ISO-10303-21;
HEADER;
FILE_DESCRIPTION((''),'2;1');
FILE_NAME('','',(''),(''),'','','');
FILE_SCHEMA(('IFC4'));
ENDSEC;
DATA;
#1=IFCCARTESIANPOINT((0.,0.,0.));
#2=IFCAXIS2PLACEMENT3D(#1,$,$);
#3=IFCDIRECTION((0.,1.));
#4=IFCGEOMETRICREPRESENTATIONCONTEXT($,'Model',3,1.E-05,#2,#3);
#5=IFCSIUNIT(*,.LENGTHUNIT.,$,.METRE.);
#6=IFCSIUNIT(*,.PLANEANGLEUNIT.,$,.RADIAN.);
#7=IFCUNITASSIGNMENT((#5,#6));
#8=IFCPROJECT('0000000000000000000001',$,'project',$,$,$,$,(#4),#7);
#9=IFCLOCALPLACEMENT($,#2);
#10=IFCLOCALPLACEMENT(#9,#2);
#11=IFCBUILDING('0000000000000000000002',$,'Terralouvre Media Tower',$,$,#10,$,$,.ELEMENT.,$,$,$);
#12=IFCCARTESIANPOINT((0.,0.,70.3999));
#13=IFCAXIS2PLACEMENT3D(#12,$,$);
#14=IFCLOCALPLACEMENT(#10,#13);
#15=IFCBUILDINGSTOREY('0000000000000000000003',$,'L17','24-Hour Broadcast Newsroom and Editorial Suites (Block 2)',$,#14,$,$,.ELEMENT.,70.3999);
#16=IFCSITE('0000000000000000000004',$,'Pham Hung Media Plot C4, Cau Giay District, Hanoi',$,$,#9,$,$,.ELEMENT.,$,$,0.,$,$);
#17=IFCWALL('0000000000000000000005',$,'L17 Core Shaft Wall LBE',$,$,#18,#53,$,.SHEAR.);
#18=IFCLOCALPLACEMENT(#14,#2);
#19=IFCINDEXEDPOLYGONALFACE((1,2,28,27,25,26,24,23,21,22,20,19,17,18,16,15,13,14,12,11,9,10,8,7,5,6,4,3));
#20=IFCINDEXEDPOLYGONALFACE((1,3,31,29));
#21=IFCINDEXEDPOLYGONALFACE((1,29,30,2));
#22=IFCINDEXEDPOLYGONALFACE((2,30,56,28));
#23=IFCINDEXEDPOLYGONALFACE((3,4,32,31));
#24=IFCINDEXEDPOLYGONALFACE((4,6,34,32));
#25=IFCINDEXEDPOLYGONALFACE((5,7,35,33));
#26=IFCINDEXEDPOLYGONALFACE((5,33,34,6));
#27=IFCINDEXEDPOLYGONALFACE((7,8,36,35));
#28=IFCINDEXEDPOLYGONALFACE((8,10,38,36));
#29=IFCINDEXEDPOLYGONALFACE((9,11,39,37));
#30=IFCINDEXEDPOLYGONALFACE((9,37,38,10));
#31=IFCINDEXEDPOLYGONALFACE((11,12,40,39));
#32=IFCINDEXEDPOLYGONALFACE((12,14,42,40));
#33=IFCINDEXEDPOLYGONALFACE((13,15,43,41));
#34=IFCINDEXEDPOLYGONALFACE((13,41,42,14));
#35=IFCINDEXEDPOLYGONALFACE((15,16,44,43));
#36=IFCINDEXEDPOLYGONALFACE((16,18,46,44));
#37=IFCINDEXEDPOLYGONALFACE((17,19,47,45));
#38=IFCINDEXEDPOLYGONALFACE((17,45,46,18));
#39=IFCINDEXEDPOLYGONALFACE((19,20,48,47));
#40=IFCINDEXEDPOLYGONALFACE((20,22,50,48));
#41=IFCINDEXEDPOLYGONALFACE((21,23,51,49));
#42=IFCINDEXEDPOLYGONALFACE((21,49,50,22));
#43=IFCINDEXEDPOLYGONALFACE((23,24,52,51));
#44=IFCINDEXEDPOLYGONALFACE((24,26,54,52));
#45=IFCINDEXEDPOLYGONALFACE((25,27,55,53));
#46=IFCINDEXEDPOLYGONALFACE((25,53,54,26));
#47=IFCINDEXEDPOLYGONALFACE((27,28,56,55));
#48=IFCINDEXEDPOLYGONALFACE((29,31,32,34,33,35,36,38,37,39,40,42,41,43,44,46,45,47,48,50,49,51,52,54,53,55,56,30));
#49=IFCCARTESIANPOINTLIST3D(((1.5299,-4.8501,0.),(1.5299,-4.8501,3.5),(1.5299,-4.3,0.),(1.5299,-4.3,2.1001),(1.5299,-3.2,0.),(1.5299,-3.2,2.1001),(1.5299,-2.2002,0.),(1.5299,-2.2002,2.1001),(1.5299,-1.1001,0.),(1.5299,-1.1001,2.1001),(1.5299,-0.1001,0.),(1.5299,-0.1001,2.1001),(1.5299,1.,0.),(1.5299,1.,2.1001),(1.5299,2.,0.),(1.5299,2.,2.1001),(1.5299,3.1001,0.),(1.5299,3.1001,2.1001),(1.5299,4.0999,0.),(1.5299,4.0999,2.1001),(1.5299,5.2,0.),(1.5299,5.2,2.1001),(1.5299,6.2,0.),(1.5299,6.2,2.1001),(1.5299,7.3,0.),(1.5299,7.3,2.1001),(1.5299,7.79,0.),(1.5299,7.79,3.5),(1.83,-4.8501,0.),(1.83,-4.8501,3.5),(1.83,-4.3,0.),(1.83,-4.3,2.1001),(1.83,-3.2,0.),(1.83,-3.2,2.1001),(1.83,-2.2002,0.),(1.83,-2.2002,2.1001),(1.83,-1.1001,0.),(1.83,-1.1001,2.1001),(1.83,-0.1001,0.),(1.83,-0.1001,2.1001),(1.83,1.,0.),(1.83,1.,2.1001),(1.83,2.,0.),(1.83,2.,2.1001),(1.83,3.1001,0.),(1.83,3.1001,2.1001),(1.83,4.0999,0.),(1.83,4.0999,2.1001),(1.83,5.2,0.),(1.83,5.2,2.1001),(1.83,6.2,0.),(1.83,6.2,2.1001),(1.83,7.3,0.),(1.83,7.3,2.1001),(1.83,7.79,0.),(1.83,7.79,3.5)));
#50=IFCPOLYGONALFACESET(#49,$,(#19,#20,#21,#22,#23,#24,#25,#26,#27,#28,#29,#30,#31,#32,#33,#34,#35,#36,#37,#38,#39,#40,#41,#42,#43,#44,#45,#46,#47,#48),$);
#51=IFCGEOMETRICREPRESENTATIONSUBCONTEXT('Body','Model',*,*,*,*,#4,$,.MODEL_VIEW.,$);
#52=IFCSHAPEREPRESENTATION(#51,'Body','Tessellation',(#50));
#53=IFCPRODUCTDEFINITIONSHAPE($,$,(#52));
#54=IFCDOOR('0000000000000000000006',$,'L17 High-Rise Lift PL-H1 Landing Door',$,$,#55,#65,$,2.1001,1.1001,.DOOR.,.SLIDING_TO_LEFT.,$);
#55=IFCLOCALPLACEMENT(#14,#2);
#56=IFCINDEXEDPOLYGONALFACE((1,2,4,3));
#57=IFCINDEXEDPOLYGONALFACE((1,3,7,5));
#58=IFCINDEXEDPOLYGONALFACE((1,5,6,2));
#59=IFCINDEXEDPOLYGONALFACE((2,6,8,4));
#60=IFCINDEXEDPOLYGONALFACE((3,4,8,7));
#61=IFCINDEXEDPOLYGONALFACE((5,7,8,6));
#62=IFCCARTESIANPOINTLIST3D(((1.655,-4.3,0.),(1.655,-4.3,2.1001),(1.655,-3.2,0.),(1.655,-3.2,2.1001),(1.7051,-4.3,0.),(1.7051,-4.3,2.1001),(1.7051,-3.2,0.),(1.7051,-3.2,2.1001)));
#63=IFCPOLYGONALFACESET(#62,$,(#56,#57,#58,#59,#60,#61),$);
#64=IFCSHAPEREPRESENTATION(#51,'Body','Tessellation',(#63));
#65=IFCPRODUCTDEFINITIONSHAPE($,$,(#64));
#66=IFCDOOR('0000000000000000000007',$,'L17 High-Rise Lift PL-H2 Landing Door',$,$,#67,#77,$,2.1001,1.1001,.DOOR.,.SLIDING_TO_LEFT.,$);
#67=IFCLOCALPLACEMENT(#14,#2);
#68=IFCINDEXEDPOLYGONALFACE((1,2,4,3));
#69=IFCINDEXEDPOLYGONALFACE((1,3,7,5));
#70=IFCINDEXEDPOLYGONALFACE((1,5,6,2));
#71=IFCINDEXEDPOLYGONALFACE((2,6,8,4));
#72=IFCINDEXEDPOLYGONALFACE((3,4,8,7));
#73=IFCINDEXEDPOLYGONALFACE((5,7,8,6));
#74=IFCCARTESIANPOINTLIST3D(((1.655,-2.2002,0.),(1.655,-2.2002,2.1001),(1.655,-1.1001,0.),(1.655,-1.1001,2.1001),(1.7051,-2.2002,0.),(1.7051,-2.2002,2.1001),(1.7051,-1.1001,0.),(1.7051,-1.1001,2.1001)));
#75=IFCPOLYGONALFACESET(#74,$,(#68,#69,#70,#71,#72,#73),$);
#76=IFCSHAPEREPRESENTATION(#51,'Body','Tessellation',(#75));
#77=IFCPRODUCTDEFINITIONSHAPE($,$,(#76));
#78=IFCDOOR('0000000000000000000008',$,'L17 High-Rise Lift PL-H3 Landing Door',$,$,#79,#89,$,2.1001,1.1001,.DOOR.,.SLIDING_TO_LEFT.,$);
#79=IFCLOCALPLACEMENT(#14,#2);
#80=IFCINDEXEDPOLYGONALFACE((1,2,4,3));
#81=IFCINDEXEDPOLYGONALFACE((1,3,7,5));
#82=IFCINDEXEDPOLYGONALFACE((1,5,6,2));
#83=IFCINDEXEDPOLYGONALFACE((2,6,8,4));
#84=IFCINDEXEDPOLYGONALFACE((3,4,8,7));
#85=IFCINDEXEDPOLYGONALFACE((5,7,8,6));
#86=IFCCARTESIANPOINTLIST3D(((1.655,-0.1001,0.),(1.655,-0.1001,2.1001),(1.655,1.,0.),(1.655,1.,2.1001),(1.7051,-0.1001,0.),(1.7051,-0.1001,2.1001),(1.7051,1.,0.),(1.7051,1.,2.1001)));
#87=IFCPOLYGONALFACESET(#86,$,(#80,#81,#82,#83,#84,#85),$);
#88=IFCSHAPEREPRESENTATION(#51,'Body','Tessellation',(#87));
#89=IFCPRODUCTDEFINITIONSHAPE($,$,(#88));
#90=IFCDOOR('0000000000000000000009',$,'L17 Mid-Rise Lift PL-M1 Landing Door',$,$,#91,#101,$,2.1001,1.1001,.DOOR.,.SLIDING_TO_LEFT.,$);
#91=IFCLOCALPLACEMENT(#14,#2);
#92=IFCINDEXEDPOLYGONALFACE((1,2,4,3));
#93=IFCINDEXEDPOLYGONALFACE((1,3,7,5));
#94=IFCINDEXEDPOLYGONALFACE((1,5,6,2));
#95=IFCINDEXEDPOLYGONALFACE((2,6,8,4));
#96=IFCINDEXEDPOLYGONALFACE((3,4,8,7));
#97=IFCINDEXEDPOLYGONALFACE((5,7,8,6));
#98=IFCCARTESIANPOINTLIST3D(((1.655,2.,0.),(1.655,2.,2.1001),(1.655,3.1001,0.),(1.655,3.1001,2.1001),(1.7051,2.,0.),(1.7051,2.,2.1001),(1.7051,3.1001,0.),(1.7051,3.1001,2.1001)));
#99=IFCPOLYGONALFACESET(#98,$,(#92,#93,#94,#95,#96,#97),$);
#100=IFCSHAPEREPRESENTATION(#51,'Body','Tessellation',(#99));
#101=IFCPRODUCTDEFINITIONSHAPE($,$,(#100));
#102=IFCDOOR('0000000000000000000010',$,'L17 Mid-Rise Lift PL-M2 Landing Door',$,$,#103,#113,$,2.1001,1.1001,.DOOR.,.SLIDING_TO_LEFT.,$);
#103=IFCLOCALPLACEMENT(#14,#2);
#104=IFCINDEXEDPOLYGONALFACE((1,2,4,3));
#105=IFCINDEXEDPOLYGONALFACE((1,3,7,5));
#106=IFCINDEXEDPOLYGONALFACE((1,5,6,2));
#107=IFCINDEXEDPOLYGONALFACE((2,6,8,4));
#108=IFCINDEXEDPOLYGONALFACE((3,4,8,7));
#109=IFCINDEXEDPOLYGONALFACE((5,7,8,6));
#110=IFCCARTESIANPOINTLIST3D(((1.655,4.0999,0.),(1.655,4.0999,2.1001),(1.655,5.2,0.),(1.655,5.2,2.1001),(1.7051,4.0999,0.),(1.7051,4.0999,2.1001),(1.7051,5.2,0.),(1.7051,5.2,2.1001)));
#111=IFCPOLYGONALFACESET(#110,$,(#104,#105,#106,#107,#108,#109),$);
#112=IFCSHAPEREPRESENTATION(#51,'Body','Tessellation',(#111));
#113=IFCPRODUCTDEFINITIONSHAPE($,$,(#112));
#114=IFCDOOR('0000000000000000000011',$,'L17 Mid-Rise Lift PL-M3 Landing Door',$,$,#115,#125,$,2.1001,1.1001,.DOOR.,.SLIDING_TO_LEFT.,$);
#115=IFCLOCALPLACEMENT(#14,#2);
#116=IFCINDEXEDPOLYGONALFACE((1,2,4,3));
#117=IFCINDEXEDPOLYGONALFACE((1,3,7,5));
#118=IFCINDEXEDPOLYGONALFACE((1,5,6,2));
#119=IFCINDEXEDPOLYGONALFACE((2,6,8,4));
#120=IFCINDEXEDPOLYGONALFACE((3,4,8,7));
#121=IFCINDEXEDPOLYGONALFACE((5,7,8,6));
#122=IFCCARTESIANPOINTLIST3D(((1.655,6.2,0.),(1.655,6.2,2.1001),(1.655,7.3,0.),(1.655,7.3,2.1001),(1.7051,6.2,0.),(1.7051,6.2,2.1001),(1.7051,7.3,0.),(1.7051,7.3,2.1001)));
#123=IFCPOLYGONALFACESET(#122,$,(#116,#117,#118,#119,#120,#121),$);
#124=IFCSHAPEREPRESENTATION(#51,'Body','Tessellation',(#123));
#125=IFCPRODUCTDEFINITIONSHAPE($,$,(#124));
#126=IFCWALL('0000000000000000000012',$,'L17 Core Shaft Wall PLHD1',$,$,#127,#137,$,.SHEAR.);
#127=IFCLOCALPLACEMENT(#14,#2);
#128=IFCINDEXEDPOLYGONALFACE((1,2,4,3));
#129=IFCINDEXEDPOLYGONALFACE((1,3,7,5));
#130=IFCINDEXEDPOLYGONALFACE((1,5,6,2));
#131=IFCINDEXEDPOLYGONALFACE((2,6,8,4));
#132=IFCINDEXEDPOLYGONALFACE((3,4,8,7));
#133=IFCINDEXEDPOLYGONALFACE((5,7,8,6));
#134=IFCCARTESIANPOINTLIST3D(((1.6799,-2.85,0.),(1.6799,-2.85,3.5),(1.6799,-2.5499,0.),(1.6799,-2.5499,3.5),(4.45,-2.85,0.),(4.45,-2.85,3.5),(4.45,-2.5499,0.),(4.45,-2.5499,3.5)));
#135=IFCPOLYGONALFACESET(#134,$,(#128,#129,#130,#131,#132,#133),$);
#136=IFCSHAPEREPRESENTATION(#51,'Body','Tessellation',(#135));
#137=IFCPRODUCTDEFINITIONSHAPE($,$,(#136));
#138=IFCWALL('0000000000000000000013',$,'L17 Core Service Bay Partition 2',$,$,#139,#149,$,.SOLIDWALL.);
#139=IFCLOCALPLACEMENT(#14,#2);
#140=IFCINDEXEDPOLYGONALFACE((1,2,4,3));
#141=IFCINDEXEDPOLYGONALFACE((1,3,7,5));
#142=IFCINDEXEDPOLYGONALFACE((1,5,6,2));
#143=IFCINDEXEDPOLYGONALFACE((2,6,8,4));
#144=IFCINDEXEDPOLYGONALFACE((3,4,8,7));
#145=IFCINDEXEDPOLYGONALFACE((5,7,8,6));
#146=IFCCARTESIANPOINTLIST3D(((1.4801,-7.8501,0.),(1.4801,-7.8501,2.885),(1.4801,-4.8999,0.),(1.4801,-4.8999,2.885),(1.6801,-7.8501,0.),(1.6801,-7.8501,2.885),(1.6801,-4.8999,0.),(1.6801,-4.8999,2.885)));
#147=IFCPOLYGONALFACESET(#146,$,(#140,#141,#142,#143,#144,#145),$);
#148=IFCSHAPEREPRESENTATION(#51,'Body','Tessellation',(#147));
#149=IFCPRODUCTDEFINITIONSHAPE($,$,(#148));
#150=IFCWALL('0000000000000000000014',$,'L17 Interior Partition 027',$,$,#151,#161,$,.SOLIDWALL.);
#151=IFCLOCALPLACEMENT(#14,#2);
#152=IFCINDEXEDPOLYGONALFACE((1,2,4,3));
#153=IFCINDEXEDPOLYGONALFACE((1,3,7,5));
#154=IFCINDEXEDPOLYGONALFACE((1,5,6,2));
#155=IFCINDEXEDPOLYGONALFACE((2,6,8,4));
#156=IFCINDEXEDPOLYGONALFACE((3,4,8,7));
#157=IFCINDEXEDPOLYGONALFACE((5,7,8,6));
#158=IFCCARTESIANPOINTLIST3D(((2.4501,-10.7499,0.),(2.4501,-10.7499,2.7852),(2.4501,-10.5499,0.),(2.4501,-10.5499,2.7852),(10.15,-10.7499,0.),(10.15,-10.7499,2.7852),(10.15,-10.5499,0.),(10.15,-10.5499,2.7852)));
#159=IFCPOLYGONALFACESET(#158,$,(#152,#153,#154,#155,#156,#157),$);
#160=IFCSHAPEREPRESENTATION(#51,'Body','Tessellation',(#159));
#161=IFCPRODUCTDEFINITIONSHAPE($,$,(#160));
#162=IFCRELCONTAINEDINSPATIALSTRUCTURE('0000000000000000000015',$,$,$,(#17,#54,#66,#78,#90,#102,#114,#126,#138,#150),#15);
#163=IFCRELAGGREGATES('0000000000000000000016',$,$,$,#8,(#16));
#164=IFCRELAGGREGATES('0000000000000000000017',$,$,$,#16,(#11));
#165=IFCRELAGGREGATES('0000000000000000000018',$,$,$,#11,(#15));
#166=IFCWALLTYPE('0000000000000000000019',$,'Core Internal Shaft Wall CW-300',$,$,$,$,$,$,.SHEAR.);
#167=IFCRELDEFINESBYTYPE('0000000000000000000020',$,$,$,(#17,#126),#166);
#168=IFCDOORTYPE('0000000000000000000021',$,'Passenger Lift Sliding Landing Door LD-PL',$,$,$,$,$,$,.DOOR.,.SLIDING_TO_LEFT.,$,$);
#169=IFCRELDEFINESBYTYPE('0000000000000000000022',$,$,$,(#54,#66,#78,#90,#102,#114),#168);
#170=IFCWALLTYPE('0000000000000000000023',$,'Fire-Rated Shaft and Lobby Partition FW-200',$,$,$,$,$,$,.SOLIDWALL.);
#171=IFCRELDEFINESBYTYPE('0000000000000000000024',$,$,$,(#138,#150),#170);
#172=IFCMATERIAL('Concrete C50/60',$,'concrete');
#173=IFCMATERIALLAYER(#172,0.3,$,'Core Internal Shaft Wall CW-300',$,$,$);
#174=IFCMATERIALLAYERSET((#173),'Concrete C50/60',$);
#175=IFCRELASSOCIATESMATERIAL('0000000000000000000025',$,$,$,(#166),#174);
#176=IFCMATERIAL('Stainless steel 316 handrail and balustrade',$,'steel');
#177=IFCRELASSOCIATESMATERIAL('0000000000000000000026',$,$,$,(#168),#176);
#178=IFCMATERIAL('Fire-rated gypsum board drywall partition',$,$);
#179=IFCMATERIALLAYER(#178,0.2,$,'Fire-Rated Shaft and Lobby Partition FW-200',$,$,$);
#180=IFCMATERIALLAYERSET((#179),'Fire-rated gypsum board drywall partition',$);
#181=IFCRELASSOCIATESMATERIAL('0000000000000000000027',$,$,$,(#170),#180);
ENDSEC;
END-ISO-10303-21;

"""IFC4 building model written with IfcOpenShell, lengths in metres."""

from ifc_helpers import new_model, si_unit, direction, frame, frame_2d, origin, place, context, subcontext, project, spatial, rectangle, extrude, material, layer, layer_set, type_object, element, fill, save


model = new_model("IFC4")

# Units and contexts
model_context = context("Model", 3, precision=1e-05, world=origin(), true_north=direction((0.0, 1.0)))
body_context = subcontext(model_context, "Body", "Model", "MODEL_VIEW")
ifc_project = project(units=[si_unit("LENGTHUNIT", "METRE"), si_unit("PLANEANGLEUNIT", "RADIAN")], contexts=[model_context])

# Site, building, storey
site_placement = place(None, origin())
site = spatial("IfcSite", under=ifc_project, at=site_placement, Name="Pham Hung Media Plot C4, Cau Giay District, Hanoi", CompositionType="ELEMENT", RefElevation=0.0)
building_placement = place(site_placement, origin())
building = spatial("IfcBuilding", under=site, at=building_placement, Name="Terralouvre Media Tower", CompositionType="ELEMENT")
storey_placement = place(building_placement, frame((0.0, 0.0, 70.3999)))
storey = spatial("IfcBuildingStorey", under=building, at=storey_placement, Name="L17", Description="24-Hour Broadcast Newsroom and Editorial Suites (Block 2)", CompositionType="ELEMENT", Elevation=70.3999)

# Shared definitions
ifc_material_1 = material(Name="Concrete C50/60", Category="concrete")
ifc_layer_1 = layer(ifc_material_1, 0.3, Name="Core Internal Shaft Wall CW-300")
ifc_layer_set_1 = layer_set([ifc_layer_1], Name="Concrete C50/60")
wall_type_1 = type_object("IfcWallType", Name="Core Internal Shaft Wall CW-300", PredefinedType="SHEAR", material=ifc_layer_set_1)

# Wall, openings, doors
wall_1_placement = place(storey_placement, frame((1.6799, -4.8501, 0.0), z_axis=(0.0, 0.0, 1.0), x_axis=(0.0, 1.0, 0.0)))
wall_1 = element("IfcWall", 1, at=wall_1_placement, inside=storey, type_object=wall_type_1, Name="L17 Core Shaft Wall LBE", PredefinedType="SHEAR", context=body_context, shape_type="SweptSolid", body=[
    extrude(rectangle(XDim=12.6401, YDim=0.3, at=frame_2d((6.3201, 0.0))), origin(), (0.0, 0.0, 1.0), 3.5),
])
opening_1_placement = place(wall_1_placement, frame((0.55, 0.0, 0.0)))
opening_1 = element("IfcOpeningElement", 2, at=opening_1_placement, cuts=wall_1, PredefinedType="OPENING", context=body_context, shape_type="SweptSolid", body=[
    extrude(rectangle(XDim=1.1001, YDim=2.1001, at=frame_2d((0.55, 1.05))), frame((0.0, 0.1599, 0.0), z_axis=(0.0, -1.0, 0.0), x_axis=(1.0, 0.0, 0.0)), (0.0, 0.0, 1.0), 0.3201),
])
opening_2_placement = place(wall_1_placement, frame((2.6499, 0.0, 0.0)))
opening_2 = element("IfcOpeningElement", 3, at=opening_2_placement, cuts=wall_1, PredefinedType="OPENING", context=body_context, shape_type="SweptSolid", body=[
    extrude(rectangle(XDim=1.1001, YDim=2.1001, at=frame_2d((0.55, 1.05))), frame((0.0, 0.1599, 0.0), z_axis=(0.0, -1.0, 0.0), x_axis=(1.0, 0.0, 0.0)), (0.0, 0.0, 1.0), 0.3201),
])
opening_3_placement = place(wall_1_placement, frame((4.75, 0.0, 0.0)))
opening_3 = element("IfcOpeningElement", 4, at=opening_3_placement, cuts=wall_1, PredefinedType="OPENING", context=body_context, shape_type="SweptSolid", body=[
    extrude(rectangle(XDim=1.1001, YDim=2.1001, at=frame_2d((0.55, 1.05))), frame((0.0, 0.1599, 0.0), z_axis=(0.0, -1.0, 0.0), x_axis=(1.0, 0.0, 0.0)), (0.0, 0.0, 1.0), 0.3201),
])
opening_4_placement = place(wall_1_placement, frame((6.8501, 0.0, 0.0)))
opening_4 = element("IfcOpeningElement", 5, at=opening_4_placement, cuts=wall_1, PredefinedType="OPENING", context=body_context, shape_type="SweptSolid", body=[
    extrude(rectangle(XDim=1.1001, YDim=2.1001, at=frame_2d((0.55, 1.05))), frame((0.0, 0.1599, 0.0), z_axis=(0.0, -1.0, 0.0), x_axis=(1.0, 0.0, 0.0)), (0.0, 0.0, 1.0), 0.3201),
])
opening_5_placement = place(wall_1_placement, frame((8.95, 0.0, 0.0)))
opening_5 = element("IfcOpeningElement", 6, at=opening_5_placement, cuts=wall_1, PredefinedType="OPENING", context=body_context, shape_type="SweptSolid", body=[
    extrude(rectangle(XDim=1.1001, YDim=2.1001, at=frame_2d((0.55, 1.05))), frame((0.0, 0.1599, 0.0), z_axis=(0.0, -1.0, 0.0), x_axis=(1.0, 0.0, 0.0)), (0.0, 0.0, 1.0), 0.3201),
])
opening_6_placement = place(wall_1_placement, frame((11.05, 0.0, 0.0)))
opening_6 = element("IfcOpeningElement", 7, at=opening_6_placement, cuts=wall_1, PredefinedType="OPENING", context=body_context, shape_type="SweptSolid", body=[
    extrude(rectangle(XDim=1.1001, YDim=2.1001, at=frame_2d((0.55, 1.05))), frame((0.0, 0.1599, 0.0), z_axis=(0.0, -1.0, 0.0), x_axis=(1.0, 0.0, 0.0)), (0.0, 0.0, 1.0), 0.3201),
])
ifc_material_2 = material(Name="Stainless steel 316 handrail and balustrade", Category="steel")
door_type_1 = type_object("IfcDoorType", Name="Passenger Lift Sliding Landing Door LD-PL", OperationType="SLIDING_TO_LEFT", PredefinedType="DOOR", material=ifc_material_2)
door_1_placement = place(opening_1_placement, origin())
door_1 = element("IfcDoor", 8, at=door_1_placement, inside=storey, type_object=door_type_1, Name="L17 High-Rise Lift PL-H1 Landing Door", OperationType="SLIDING_TO_LEFT", OverallHeight=2.1001, OverallWidth=1.1001, PredefinedType="DOOR", context=body_context, shape_type="SweptSolid", body=[
    extrude(rectangle(XDim=1.1001, YDim=2.1001, at=frame_2d((0.55, 1.05))), frame((0.0, 0.0249, 0.0), z_axis=(0.0, -1.0, 0.0), x_axis=(1.0, 0.0, 0.0)), (0.0, 0.0, 1.0), 0.05),
])
fill(opening_1, door_1)
door_2_placement = place(opening_2_placement, origin())
door_2 = element("IfcDoor", 9, at=door_2_placement, inside=storey, type_object=door_type_1, Name="L17 High-Rise Lift PL-H2 Landing Door", OperationType="SLIDING_TO_LEFT", OverallHeight=2.1001, OverallWidth=1.1001, PredefinedType="DOOR", context=body_context, shape_type="SweptSolid", body=[
    extrude(rectangle(XDim=1.1001, YDim=2.1001, at=frame_2d((0.55, 1.05))), frame((0.0, 0.0249, 0.0), z_axis=(0.0, -1.0, 0.0), x_axis=(1.0, 0.0, 0.0)), (0.0, 0.0, 1.0), 0.05),
])
fill(opening_2, door_2)
door_3_placement = place(opening_3_placement, origin())
door_3 = element("IfcDoor", 10, at=door_3_placement, inside=storey, type_object=door_type_1, Name="L17 High-Rise Lift PL-H3 Landing Door", OperationType="SLIDING_TO_LEFT", OverallHeight=2.1001, OverallWidth=1.1001, PredefinedType="DOOR", context=body_context, shape_type="SweptSolid", body=[
    extrude(rectangle(XDim=1.1001, YDim=2.1001, at=frame_2d((0.55, 1.05))), frame((0.0, 0.0249, 0.0), z_axis=(0.0, -1.0, 0.0), x_axis=(1.0, 0.0, 0.0)), (0.0, 0.0, 1.0), 0.05),
])
fill(opening_3, door_3)
door_4_placement = place(opening_4_placement, origin())
door_4 = element("IfcDoor", 11, at=door_4_placement, inside=storey, type_object=door_type_1, Name="L17 Mid-Rise Lift PL-M1 Landing Door", OperationType="SLIDING_TO_LEFT", OverallHeight=2.1001, OverallWidth=1.1001, PredefinedType="DOOR", context=body_context, shape_type="SweptSolid", body=[
    extrude(rectangle(XDim=1.1001, YDim=2.1001, at=frame_2d((0.55, 1.05))), frame((0.0, 0.0249, 0.0), z_axis=(0.0, -1.0, 0.0), x_axis=(1.0, 0.0, 0.0)), (0.0, 0.0, 1.0), 0.05),
])
fill(opening_4, door_4)
door_5_placement = place(opening_5_placement, origin())
door_5 = element("IfcDoor", 12, at=door_5_placement, inside=storey, type_object=door_type_1, Name="L17 Mid-Rise Lift PL-M2 Landing Door", OperationType="SLIDING_TO_LEFT", OverallHeight=2.1001, OverallWidth=1.1001, PredefinedType="DOOR", context=body_context, shape_type="SweptSolid", body=[
    extrude(rectangle(XDim=1.1001, YDim=2.1001, at=frame_2d((0.55, 1.05))), frame((0.0, 0.0249, 0.0), z_axis=(0.0, -1.0, 0.0), x_axis=(1.0, 0.0, 0.0)), (0.0, 0.0, 1.0), 0.05),
])
fill(opening_5, door_5)
door_6_placement = place(opening_6_placement, origin())
door_6 = element("IfcDoor", 13, at=door_6_placement, inside=storey, type_object=door_type_1, Name="L17 Mid-Rise Lift PL-M3 Landing Door", OperationType="SLIDING_TO_LEFT", OverallHeight=2.1001, OverallWidth=1.1001, PredefinedType="DOOR", context=body_context, shape_type="SweptSolid", body=[
    extrude(rectangle(XDim=1.1001, YDim=2.1001, at=frame_2d((0.55, 1.05))), frame((0.0, 0.0249, 0.0), z_axis=(0.0, -1.0, 0.0), x_axis=(1.0, 0.0, 0.0)), (0.0, 0.0, 1.0), 0.05),
])
fill(opening_6, door_6)

# Walls
wall_2_placement = place(storey_placement, frame((1.6799, -2.7, 0.0), z_axis=(0.0, 0.0, 1.0), x_axis=(1.0, 0.0, 0.0)))
element("IfcWall", 14, at=wall_2_placement, inside=storey, type_object=wall_type_1, Name="L17 Core Shaft Wall PLHD1", PredefinedType="SHEAR", context=body_context, shape_type="SweptSolid", body=[
    extrude(rectangle(XDim=2.77, YDim=0.3, at=frame_2d((1.385, 0.0))), origin(), (0.0, 0.0, 1.0), 3.5),
])
ifc_material_3 = material(Name="Fire-rated gypsum board drywall partition")
ifc_layer_2 = layer(ifc_material_3, 0.2, Name="Fire-Rated Shaft and Lobby Partition FW-200")
ifc_layer_set_2 = layer_set([ifc_layer_2], Name="Fire-rated gypsum board drywall partition")
wall_type_2 = type_object("IfcWallType", Name="Fire-Rated Shaft and Lobby Partition FW-200", PredefinedType="SOLIDWALL", material=ifc_layer_set_2)
wall_3_placement = place(storey_placement, frame((1.5801, -7.8501, 0.0), z_axis=(0.0, 0.0, 1.0), x_axis=(0.0, 1.0, 0.0)))
element("IfcWall", 15, at=wall_3_placement, inside=storey, type_object=wall_type_2, Name="L17 Core Service Bay Partition 2", PredefinedType="SOLIDWALL", context=body_context, shape_type="SweptSolid", body=[
    extrude(rectangle(XDim=2.9502, YDim=0.2, at=frame_2d((1.4751, 0.0))), origin(), (0.0, 0.0, 1.0), 2.885),
])
wall_4_placement = place(storey_placement, frame((2.45, -10.6499, 0.0), z_axis=(0.0, 0.0, 1.0), x_axis=(1.0, 0.0, 0.0)))
element("IfcWall", 16, at=wall_4_placement, inside=storey, type_object=wall_type_2, Name="L17 Interior Partition 027", PredefinedType="SOLIDWALL", context=body_context, shape_type="SweptSolid", body=[
    extrude(rectangle(XDim=7.7, YDim=0.2, at=frame_2d((3.8501, 0.0))), origin(), (0.0, 0.0, 1.0), 2.7852),
])

save(model, "model.ifc")
